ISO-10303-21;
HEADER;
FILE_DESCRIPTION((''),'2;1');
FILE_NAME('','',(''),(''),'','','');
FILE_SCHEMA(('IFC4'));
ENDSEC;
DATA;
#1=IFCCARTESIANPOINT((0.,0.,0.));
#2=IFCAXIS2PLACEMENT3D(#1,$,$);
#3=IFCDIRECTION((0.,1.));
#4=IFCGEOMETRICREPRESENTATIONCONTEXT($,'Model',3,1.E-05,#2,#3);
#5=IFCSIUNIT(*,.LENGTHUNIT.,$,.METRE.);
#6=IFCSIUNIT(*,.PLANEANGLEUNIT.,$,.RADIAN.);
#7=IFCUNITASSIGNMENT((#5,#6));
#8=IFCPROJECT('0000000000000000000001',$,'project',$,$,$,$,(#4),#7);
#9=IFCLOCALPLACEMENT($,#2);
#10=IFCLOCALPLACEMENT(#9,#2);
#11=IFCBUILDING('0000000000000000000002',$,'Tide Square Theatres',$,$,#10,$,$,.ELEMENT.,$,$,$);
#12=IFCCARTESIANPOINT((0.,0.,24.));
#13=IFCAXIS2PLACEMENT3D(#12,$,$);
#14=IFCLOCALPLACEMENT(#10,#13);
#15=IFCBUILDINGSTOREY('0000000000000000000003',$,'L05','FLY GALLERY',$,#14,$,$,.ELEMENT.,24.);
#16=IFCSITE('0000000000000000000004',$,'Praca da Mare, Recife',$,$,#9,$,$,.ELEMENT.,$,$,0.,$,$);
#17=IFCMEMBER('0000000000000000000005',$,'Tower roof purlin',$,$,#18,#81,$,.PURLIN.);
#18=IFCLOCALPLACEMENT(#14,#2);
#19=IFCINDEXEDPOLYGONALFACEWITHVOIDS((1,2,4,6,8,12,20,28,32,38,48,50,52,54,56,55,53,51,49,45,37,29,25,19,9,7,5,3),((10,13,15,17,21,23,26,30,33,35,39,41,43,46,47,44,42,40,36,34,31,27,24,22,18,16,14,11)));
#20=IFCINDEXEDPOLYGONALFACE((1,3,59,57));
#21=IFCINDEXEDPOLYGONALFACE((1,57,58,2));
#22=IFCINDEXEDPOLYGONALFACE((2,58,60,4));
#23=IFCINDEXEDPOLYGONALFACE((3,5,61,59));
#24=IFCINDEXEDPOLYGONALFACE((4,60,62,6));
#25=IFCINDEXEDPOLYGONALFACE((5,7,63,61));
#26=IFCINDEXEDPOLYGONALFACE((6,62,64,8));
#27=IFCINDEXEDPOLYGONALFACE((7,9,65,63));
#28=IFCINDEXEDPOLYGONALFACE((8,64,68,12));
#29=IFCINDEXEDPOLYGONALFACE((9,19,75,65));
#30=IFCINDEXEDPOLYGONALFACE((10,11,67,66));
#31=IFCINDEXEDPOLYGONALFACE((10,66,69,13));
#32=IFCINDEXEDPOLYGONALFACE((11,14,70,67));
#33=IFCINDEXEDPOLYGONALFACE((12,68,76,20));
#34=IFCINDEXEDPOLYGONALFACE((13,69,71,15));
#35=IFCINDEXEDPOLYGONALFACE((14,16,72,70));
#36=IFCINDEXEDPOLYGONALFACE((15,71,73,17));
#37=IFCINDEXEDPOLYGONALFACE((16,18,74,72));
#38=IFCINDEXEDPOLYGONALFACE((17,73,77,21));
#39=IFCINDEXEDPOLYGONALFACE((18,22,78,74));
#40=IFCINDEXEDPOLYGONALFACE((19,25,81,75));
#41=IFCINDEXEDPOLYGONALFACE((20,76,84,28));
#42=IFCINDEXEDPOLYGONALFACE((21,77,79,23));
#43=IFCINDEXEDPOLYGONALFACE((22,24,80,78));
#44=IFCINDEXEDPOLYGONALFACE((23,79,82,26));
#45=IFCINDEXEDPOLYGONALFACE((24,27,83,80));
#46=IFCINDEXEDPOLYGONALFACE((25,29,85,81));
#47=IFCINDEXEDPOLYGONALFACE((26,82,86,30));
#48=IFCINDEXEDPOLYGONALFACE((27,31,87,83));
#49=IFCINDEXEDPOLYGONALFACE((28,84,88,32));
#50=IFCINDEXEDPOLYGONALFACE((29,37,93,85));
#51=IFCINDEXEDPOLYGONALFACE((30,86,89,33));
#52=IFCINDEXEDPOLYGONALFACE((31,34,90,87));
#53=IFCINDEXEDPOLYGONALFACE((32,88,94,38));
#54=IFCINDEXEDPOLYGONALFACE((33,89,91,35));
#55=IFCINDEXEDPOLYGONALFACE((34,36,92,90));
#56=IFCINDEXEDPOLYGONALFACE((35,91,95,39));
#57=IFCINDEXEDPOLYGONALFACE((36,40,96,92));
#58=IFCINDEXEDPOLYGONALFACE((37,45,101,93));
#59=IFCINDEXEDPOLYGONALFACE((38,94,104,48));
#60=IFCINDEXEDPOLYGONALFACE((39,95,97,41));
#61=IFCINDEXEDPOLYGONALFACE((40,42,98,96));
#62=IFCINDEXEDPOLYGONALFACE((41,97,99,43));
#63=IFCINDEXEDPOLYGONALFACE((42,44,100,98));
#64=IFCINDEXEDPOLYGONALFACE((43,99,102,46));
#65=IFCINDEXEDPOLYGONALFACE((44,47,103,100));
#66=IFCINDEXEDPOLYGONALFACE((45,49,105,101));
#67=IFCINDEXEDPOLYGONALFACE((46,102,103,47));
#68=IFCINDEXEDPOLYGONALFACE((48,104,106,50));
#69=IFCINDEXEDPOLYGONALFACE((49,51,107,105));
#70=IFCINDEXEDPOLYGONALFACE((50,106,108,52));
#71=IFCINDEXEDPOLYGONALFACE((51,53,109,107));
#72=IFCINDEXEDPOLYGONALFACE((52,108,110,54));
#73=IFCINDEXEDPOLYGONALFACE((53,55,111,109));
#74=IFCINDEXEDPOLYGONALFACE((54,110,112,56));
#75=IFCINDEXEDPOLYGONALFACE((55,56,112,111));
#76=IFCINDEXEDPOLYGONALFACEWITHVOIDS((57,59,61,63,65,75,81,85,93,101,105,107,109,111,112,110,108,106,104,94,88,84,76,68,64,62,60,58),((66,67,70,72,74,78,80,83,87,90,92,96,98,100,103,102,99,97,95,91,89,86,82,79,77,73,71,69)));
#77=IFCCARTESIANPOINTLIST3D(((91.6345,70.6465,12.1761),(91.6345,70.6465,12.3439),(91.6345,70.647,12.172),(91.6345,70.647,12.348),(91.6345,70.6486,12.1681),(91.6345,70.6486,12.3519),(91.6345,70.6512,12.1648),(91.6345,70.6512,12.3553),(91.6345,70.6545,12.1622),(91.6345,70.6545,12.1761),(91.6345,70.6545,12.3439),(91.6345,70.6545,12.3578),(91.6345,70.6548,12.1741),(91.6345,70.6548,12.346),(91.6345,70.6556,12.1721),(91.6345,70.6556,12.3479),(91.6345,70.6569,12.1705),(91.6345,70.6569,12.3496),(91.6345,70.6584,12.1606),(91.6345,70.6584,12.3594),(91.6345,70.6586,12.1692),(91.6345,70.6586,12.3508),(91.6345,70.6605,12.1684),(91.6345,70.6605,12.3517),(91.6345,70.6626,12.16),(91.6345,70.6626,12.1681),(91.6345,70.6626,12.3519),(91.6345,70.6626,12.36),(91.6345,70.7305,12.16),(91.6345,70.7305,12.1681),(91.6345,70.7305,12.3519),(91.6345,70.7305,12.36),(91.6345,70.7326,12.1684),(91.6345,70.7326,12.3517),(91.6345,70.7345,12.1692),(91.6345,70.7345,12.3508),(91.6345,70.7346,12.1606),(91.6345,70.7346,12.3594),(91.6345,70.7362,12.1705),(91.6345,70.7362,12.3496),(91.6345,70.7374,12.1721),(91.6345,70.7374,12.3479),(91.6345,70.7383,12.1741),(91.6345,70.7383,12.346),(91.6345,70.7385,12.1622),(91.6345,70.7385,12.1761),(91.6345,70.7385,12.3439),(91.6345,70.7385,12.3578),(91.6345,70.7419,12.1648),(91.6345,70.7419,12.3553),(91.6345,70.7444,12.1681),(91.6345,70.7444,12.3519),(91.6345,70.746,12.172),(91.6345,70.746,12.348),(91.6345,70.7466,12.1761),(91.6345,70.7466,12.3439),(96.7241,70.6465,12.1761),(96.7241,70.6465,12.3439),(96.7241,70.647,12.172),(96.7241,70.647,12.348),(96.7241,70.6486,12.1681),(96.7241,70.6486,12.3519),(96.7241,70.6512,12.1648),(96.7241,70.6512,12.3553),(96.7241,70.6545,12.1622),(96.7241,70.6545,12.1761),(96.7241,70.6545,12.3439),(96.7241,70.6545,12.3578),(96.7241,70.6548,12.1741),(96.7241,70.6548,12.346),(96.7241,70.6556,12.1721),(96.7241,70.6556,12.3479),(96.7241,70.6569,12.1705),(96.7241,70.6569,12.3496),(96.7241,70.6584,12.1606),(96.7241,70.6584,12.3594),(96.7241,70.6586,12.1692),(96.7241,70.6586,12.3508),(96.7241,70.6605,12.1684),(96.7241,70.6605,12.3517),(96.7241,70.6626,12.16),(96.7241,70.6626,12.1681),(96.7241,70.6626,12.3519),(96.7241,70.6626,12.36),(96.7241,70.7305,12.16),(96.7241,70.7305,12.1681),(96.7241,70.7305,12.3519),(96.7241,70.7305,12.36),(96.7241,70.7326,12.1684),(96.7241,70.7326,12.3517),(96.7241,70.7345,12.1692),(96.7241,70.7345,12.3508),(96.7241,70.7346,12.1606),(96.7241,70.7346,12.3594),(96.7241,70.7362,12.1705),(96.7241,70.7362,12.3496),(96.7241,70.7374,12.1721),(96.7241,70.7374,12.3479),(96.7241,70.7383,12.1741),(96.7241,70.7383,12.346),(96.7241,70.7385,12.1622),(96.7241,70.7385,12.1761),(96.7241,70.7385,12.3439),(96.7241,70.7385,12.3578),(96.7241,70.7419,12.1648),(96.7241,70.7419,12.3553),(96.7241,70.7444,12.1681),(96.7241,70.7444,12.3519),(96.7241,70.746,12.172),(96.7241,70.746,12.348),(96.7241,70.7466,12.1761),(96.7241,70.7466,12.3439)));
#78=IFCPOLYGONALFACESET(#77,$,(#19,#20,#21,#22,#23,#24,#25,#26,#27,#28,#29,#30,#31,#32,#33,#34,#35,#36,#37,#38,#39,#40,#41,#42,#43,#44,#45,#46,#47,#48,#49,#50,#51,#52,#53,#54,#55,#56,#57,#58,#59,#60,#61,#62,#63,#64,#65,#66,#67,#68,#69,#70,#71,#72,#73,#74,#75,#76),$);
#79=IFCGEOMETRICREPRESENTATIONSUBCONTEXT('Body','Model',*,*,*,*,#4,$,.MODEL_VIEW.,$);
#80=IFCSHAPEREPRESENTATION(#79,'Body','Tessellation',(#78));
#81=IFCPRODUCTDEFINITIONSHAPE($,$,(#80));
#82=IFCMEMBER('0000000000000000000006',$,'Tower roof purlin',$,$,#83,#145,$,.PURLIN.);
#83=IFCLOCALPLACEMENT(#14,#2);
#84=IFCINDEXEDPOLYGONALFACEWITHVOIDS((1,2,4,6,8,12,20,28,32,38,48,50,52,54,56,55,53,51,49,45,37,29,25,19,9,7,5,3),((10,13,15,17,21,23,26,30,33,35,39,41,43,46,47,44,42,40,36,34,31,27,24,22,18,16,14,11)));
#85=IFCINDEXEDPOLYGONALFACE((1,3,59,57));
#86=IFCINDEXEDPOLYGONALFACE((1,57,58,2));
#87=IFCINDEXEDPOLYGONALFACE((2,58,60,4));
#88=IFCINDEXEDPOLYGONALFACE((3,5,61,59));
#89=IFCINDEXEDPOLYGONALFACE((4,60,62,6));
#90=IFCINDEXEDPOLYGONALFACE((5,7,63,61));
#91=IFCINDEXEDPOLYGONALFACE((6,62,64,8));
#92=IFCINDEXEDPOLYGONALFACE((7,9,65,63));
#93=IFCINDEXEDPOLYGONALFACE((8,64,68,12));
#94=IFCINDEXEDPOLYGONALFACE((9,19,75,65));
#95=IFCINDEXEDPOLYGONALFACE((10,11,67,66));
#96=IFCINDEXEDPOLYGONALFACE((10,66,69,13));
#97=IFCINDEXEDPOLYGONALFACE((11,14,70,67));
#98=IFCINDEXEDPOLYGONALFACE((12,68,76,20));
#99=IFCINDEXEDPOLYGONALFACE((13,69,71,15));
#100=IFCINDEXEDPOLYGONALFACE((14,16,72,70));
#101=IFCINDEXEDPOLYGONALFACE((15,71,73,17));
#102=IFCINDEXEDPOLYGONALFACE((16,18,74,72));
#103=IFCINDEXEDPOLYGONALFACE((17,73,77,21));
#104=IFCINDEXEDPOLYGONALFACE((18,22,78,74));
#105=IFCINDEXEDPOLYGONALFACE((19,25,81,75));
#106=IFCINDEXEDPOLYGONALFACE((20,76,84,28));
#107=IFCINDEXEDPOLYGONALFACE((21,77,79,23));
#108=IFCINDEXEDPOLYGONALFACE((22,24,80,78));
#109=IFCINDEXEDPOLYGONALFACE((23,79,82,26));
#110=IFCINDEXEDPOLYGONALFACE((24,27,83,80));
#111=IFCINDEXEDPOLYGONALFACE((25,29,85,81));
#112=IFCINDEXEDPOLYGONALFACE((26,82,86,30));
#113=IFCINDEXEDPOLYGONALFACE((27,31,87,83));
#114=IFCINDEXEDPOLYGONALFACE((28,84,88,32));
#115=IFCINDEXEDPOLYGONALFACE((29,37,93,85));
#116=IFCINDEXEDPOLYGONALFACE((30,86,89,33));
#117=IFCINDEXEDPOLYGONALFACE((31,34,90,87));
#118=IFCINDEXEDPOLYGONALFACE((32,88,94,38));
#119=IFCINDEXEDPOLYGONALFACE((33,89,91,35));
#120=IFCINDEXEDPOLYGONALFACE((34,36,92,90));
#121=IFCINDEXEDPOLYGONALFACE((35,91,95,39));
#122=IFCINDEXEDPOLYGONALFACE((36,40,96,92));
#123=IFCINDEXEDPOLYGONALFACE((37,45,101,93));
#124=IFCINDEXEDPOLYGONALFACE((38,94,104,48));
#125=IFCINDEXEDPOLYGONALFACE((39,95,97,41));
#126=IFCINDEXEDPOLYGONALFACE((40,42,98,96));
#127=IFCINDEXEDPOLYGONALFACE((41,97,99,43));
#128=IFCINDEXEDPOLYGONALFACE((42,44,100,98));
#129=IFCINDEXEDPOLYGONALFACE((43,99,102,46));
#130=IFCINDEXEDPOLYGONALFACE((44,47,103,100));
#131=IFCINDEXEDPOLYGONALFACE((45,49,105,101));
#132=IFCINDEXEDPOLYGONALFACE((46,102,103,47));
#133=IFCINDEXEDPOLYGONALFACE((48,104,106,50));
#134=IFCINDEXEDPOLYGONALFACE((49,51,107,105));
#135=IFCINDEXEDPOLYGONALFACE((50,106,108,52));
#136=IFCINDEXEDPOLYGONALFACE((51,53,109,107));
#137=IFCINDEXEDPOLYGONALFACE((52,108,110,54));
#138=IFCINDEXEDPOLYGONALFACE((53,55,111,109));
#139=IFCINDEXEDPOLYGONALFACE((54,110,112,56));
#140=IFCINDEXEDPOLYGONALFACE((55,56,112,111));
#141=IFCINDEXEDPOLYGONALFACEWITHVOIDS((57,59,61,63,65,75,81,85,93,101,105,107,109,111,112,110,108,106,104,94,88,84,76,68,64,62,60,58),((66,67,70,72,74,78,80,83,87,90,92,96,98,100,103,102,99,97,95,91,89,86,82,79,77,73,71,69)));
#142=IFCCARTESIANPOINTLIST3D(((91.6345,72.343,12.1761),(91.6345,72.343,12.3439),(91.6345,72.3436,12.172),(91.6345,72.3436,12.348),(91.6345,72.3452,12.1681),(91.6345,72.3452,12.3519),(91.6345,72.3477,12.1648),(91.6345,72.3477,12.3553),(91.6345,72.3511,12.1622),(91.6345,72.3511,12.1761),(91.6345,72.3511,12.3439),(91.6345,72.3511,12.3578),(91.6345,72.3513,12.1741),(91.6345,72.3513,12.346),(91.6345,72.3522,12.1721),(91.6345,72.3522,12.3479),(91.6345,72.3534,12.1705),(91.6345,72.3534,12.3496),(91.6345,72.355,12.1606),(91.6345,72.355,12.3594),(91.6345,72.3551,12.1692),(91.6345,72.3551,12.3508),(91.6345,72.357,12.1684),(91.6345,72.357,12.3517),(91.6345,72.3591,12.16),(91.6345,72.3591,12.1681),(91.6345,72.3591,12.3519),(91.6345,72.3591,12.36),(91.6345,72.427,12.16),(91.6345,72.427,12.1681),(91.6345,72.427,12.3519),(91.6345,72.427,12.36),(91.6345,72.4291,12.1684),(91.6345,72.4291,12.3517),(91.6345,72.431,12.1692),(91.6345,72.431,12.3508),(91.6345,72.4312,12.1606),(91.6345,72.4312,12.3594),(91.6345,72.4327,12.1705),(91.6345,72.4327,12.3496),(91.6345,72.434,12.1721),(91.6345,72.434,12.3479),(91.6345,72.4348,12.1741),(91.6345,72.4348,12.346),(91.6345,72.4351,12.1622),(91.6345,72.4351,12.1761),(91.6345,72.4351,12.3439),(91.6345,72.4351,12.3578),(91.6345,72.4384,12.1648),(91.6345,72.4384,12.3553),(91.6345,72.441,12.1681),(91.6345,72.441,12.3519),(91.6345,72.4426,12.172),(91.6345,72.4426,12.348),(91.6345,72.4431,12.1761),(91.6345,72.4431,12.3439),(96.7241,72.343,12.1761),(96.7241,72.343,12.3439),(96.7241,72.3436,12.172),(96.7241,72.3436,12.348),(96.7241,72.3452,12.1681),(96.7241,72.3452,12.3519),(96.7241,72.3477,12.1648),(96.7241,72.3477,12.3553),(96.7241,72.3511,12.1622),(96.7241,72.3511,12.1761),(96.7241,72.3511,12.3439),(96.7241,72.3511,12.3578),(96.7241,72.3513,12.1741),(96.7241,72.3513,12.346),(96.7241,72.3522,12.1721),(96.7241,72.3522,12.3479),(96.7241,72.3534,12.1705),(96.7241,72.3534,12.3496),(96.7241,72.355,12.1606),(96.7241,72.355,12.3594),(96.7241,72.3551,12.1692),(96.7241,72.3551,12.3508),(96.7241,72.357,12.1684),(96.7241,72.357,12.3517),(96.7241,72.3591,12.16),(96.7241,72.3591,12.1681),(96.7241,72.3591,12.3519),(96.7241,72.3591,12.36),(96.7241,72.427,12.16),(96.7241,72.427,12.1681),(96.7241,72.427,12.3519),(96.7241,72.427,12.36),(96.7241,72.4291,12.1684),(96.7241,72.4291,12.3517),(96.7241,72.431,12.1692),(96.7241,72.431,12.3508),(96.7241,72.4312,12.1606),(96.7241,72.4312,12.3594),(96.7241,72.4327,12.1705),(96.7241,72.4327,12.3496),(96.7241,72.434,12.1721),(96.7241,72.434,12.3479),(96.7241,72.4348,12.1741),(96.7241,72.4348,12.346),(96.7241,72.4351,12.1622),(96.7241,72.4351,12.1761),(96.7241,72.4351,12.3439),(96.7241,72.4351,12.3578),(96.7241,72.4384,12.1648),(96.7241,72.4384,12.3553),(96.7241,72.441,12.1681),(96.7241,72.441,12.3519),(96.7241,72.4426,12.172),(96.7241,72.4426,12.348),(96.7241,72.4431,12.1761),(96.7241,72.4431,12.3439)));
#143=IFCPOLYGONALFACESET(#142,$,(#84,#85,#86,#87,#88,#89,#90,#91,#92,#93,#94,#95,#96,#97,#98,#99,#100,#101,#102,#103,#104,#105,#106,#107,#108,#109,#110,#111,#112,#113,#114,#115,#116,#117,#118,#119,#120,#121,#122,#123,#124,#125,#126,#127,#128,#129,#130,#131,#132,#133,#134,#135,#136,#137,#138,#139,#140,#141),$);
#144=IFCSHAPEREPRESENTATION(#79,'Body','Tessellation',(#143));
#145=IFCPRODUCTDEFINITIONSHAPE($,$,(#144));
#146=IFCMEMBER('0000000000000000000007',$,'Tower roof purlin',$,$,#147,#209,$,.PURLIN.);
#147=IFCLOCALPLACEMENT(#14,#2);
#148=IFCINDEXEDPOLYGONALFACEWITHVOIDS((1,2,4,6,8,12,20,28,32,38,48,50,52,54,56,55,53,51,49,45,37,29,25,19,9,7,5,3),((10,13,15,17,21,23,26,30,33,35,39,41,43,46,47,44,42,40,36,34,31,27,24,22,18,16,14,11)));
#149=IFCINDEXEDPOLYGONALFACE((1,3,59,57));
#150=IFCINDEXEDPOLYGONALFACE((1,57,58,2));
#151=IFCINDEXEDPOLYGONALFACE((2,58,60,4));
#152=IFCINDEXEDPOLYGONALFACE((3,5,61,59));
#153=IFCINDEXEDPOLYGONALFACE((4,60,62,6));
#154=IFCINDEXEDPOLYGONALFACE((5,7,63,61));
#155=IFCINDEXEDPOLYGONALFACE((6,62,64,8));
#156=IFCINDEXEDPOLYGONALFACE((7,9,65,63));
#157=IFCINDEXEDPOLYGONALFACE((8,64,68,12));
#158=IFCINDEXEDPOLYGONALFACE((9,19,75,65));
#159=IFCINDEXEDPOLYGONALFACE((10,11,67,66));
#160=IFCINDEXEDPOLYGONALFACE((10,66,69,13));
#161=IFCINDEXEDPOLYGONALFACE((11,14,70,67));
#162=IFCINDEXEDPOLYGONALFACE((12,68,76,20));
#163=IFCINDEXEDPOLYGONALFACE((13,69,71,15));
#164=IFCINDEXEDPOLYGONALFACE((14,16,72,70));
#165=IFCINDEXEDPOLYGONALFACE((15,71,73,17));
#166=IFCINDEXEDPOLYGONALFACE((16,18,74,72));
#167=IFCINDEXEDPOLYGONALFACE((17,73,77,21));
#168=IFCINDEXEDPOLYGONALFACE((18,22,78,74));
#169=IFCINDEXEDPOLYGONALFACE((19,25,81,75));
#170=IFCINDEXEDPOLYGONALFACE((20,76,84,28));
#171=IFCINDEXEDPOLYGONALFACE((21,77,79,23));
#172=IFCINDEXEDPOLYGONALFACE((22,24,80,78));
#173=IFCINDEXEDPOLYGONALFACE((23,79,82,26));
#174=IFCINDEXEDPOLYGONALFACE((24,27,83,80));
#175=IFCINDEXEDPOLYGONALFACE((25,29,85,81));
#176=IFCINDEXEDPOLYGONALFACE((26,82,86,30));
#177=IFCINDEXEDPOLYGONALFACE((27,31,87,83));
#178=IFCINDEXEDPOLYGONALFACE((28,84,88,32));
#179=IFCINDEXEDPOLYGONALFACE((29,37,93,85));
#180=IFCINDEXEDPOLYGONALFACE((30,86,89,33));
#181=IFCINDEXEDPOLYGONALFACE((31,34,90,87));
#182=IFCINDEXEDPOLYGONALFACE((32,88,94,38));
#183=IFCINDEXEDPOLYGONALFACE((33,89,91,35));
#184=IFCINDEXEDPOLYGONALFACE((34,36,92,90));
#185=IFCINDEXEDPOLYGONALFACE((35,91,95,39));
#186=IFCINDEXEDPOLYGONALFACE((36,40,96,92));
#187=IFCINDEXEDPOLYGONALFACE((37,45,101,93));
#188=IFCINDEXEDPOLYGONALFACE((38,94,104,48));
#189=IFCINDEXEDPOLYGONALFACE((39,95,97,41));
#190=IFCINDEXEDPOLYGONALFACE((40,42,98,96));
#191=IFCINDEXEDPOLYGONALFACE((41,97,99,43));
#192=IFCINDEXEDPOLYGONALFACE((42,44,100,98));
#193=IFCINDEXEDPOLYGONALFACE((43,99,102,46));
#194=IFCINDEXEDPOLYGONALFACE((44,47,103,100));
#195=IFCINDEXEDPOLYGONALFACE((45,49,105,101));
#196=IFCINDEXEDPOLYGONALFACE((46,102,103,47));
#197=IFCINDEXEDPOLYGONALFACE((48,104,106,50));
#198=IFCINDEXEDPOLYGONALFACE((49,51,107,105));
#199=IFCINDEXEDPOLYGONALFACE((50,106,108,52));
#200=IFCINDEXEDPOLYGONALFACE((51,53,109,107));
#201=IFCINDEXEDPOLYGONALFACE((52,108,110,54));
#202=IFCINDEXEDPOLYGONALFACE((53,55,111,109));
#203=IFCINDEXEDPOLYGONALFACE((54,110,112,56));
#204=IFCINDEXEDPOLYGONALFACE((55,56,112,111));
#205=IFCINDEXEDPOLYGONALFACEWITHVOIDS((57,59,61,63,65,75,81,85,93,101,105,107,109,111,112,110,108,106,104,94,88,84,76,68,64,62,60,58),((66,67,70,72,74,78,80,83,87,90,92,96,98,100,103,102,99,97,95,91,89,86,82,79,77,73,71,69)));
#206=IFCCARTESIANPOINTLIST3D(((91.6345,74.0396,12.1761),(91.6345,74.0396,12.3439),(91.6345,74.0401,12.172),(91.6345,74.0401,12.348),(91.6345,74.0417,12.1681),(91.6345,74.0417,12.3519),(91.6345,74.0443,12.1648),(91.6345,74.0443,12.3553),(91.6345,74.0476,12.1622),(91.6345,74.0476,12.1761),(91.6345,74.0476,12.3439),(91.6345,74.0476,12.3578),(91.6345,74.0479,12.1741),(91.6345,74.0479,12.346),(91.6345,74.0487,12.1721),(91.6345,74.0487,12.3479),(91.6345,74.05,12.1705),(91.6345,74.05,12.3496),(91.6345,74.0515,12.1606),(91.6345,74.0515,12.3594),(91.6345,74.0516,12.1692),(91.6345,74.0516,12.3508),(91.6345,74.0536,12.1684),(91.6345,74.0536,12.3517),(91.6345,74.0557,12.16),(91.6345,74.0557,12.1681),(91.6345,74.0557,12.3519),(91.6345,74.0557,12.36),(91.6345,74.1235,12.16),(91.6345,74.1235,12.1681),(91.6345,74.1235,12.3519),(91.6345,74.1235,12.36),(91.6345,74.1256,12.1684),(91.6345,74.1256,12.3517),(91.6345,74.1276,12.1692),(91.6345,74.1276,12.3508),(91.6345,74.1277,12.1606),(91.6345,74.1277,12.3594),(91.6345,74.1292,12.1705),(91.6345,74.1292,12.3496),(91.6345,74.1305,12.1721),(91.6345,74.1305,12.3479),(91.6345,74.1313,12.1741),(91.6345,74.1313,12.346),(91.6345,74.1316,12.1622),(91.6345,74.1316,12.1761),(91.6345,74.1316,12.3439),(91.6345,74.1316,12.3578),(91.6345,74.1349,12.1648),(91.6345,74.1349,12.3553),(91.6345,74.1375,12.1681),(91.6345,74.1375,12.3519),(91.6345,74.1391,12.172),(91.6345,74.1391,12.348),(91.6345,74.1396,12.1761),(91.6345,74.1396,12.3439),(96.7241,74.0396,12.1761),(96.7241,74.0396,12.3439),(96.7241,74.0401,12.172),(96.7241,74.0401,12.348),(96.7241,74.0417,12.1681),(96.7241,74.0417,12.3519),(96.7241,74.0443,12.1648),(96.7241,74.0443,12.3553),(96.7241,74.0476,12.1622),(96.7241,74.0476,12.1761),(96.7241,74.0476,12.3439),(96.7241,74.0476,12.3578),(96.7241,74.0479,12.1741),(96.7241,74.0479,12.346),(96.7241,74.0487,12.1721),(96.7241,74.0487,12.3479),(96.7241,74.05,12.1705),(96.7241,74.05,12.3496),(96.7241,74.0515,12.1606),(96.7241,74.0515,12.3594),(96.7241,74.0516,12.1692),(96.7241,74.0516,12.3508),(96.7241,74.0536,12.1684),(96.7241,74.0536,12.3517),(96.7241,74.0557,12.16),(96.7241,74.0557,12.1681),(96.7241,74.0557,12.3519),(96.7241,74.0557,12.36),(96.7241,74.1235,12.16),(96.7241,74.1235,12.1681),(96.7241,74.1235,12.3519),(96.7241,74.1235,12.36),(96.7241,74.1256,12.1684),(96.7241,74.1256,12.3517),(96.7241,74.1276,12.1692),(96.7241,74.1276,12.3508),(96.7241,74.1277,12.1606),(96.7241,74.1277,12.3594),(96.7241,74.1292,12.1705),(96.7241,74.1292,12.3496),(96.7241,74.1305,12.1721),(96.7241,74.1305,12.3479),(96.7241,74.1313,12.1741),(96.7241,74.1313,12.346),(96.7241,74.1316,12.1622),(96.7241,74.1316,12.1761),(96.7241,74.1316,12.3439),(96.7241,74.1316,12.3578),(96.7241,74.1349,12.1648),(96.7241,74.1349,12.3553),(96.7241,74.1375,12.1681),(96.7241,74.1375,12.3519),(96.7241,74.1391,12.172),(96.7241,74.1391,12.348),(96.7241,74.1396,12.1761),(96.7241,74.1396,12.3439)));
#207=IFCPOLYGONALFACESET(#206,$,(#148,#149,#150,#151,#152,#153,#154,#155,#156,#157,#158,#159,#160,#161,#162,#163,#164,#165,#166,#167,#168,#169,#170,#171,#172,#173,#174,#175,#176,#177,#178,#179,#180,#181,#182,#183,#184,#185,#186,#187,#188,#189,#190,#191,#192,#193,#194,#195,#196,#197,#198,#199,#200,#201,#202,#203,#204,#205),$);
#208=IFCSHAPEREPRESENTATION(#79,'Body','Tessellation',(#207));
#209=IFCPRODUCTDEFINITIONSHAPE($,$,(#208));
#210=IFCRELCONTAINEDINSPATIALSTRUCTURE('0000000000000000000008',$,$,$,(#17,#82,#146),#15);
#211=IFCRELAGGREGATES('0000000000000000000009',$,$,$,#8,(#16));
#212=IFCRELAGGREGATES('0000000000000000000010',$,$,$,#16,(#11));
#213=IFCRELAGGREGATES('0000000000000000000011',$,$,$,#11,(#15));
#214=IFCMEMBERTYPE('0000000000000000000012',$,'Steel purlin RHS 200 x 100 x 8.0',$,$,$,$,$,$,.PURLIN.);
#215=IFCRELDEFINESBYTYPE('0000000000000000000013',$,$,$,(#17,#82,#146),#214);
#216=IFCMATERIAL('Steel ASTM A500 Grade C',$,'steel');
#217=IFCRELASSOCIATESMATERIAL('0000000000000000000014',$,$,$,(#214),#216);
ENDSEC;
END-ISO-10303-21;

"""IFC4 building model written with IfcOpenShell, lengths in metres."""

from ifc_helpers import new_model, si_unit, direction, frame, origin, origin_2d, place, context, subcontext, project, spatial, hollow_rectangle, extrude, material, material_profile, profile_set, type_object, element, save


model = new_model("IFC4")

# Units and contexts
model_context = context("Model", 3, precision=1e-05, world=origin(), true_north=direction((0.0, 1.0)))
body_context = subcontext(model_context, "Body", "Model", "MODEL_VIEW")
ifc_project = project(units=[si_unit("LENGTHUNIT", "METRE"), si_unit("PLANEANGLEUNIT", "RADIAN")], contexts=[model_context])

# Site, building, storey
site_placement = place(None, origin())
site = spatial("IfcSite", under=ifc_project, at=site_placement, Name="Praca da Mare, Recife", CompositionType="ELEMENT", RefElevation=0.0)
building_placement = place(site_placement, origin())
building = spatial("IfcBuilding", under=site, at=building_placement, Name="Tide Square Theatres", CompositionType="ELEMENT")
storey_placement = place(building_placement, frame((0.0, 0.0, 24.0)))
storey = spatial("IfcBuildingStorey", under=building, at=storey_placement, Name="L05", Description="FLY GALLERY", CompositionType="ELEMENT", Elevation=24.0)

# Members
ifc_material_1 = material(Name="Steel ASTM A500 Grade C", Category="steel")
ifc_material_profile_1 = material_profile(ifc_material_1, hollow_rectangle(XDim=0.1001, YDim=0.2, WallThickness=0.0081, InnerFilletRadius=0.0081, OuterFilletRadius=0.0161, at=origin_2d()))
ifc_profile_set_1 = profile_set([ifc_material_profile_1], Name="Steel ASTM A500 Grade C")
member_type = type_object("IfcMemberType", Name="Steel purlin RHS 200 x 100 x 8.0", PredefinedType="PURLIN", material=ifc_profile_set_1)
for number, where, z_axis, x_axis, name in (
    (1, (91.6345, 70.6965, 12.26), (1.0, 0.0, 0.0), (0.0, 1.0, 0.0), "Tower roof purlin"),
    (2, (91.6345, 72.3931, 12.26), (1.0, 0.0, 0.0), (0.0, 1.0, 0.0), "Tower roof purlin"),
    (3, (91.6345, 74.0896, 12.26), (1.0, 0.0, 0.0), (0.0, 1.0, 0.0), "Tower roof purlin"),
):
    element("IfcMember", number, at=place(storey_placement, frame(where, z_axis=z_axis, x_axis=x_axis)), inside=storey, type_object=member_type, Name=name, PredefinedType="PURLIN", context=body_context, shape_type="SweptSolid", body=[
        extrude(hollow_rectangle(XDim=0.1001, YDim=0.2, WallThickness=0.0081, InnerFilletRadius=0.0081, OuterFilletRadius=0.0161, at=origin_2d()), origin(), (0.0, 0.0, 1.0), 5.0896),
    ])

save(model, "model.ifc")
